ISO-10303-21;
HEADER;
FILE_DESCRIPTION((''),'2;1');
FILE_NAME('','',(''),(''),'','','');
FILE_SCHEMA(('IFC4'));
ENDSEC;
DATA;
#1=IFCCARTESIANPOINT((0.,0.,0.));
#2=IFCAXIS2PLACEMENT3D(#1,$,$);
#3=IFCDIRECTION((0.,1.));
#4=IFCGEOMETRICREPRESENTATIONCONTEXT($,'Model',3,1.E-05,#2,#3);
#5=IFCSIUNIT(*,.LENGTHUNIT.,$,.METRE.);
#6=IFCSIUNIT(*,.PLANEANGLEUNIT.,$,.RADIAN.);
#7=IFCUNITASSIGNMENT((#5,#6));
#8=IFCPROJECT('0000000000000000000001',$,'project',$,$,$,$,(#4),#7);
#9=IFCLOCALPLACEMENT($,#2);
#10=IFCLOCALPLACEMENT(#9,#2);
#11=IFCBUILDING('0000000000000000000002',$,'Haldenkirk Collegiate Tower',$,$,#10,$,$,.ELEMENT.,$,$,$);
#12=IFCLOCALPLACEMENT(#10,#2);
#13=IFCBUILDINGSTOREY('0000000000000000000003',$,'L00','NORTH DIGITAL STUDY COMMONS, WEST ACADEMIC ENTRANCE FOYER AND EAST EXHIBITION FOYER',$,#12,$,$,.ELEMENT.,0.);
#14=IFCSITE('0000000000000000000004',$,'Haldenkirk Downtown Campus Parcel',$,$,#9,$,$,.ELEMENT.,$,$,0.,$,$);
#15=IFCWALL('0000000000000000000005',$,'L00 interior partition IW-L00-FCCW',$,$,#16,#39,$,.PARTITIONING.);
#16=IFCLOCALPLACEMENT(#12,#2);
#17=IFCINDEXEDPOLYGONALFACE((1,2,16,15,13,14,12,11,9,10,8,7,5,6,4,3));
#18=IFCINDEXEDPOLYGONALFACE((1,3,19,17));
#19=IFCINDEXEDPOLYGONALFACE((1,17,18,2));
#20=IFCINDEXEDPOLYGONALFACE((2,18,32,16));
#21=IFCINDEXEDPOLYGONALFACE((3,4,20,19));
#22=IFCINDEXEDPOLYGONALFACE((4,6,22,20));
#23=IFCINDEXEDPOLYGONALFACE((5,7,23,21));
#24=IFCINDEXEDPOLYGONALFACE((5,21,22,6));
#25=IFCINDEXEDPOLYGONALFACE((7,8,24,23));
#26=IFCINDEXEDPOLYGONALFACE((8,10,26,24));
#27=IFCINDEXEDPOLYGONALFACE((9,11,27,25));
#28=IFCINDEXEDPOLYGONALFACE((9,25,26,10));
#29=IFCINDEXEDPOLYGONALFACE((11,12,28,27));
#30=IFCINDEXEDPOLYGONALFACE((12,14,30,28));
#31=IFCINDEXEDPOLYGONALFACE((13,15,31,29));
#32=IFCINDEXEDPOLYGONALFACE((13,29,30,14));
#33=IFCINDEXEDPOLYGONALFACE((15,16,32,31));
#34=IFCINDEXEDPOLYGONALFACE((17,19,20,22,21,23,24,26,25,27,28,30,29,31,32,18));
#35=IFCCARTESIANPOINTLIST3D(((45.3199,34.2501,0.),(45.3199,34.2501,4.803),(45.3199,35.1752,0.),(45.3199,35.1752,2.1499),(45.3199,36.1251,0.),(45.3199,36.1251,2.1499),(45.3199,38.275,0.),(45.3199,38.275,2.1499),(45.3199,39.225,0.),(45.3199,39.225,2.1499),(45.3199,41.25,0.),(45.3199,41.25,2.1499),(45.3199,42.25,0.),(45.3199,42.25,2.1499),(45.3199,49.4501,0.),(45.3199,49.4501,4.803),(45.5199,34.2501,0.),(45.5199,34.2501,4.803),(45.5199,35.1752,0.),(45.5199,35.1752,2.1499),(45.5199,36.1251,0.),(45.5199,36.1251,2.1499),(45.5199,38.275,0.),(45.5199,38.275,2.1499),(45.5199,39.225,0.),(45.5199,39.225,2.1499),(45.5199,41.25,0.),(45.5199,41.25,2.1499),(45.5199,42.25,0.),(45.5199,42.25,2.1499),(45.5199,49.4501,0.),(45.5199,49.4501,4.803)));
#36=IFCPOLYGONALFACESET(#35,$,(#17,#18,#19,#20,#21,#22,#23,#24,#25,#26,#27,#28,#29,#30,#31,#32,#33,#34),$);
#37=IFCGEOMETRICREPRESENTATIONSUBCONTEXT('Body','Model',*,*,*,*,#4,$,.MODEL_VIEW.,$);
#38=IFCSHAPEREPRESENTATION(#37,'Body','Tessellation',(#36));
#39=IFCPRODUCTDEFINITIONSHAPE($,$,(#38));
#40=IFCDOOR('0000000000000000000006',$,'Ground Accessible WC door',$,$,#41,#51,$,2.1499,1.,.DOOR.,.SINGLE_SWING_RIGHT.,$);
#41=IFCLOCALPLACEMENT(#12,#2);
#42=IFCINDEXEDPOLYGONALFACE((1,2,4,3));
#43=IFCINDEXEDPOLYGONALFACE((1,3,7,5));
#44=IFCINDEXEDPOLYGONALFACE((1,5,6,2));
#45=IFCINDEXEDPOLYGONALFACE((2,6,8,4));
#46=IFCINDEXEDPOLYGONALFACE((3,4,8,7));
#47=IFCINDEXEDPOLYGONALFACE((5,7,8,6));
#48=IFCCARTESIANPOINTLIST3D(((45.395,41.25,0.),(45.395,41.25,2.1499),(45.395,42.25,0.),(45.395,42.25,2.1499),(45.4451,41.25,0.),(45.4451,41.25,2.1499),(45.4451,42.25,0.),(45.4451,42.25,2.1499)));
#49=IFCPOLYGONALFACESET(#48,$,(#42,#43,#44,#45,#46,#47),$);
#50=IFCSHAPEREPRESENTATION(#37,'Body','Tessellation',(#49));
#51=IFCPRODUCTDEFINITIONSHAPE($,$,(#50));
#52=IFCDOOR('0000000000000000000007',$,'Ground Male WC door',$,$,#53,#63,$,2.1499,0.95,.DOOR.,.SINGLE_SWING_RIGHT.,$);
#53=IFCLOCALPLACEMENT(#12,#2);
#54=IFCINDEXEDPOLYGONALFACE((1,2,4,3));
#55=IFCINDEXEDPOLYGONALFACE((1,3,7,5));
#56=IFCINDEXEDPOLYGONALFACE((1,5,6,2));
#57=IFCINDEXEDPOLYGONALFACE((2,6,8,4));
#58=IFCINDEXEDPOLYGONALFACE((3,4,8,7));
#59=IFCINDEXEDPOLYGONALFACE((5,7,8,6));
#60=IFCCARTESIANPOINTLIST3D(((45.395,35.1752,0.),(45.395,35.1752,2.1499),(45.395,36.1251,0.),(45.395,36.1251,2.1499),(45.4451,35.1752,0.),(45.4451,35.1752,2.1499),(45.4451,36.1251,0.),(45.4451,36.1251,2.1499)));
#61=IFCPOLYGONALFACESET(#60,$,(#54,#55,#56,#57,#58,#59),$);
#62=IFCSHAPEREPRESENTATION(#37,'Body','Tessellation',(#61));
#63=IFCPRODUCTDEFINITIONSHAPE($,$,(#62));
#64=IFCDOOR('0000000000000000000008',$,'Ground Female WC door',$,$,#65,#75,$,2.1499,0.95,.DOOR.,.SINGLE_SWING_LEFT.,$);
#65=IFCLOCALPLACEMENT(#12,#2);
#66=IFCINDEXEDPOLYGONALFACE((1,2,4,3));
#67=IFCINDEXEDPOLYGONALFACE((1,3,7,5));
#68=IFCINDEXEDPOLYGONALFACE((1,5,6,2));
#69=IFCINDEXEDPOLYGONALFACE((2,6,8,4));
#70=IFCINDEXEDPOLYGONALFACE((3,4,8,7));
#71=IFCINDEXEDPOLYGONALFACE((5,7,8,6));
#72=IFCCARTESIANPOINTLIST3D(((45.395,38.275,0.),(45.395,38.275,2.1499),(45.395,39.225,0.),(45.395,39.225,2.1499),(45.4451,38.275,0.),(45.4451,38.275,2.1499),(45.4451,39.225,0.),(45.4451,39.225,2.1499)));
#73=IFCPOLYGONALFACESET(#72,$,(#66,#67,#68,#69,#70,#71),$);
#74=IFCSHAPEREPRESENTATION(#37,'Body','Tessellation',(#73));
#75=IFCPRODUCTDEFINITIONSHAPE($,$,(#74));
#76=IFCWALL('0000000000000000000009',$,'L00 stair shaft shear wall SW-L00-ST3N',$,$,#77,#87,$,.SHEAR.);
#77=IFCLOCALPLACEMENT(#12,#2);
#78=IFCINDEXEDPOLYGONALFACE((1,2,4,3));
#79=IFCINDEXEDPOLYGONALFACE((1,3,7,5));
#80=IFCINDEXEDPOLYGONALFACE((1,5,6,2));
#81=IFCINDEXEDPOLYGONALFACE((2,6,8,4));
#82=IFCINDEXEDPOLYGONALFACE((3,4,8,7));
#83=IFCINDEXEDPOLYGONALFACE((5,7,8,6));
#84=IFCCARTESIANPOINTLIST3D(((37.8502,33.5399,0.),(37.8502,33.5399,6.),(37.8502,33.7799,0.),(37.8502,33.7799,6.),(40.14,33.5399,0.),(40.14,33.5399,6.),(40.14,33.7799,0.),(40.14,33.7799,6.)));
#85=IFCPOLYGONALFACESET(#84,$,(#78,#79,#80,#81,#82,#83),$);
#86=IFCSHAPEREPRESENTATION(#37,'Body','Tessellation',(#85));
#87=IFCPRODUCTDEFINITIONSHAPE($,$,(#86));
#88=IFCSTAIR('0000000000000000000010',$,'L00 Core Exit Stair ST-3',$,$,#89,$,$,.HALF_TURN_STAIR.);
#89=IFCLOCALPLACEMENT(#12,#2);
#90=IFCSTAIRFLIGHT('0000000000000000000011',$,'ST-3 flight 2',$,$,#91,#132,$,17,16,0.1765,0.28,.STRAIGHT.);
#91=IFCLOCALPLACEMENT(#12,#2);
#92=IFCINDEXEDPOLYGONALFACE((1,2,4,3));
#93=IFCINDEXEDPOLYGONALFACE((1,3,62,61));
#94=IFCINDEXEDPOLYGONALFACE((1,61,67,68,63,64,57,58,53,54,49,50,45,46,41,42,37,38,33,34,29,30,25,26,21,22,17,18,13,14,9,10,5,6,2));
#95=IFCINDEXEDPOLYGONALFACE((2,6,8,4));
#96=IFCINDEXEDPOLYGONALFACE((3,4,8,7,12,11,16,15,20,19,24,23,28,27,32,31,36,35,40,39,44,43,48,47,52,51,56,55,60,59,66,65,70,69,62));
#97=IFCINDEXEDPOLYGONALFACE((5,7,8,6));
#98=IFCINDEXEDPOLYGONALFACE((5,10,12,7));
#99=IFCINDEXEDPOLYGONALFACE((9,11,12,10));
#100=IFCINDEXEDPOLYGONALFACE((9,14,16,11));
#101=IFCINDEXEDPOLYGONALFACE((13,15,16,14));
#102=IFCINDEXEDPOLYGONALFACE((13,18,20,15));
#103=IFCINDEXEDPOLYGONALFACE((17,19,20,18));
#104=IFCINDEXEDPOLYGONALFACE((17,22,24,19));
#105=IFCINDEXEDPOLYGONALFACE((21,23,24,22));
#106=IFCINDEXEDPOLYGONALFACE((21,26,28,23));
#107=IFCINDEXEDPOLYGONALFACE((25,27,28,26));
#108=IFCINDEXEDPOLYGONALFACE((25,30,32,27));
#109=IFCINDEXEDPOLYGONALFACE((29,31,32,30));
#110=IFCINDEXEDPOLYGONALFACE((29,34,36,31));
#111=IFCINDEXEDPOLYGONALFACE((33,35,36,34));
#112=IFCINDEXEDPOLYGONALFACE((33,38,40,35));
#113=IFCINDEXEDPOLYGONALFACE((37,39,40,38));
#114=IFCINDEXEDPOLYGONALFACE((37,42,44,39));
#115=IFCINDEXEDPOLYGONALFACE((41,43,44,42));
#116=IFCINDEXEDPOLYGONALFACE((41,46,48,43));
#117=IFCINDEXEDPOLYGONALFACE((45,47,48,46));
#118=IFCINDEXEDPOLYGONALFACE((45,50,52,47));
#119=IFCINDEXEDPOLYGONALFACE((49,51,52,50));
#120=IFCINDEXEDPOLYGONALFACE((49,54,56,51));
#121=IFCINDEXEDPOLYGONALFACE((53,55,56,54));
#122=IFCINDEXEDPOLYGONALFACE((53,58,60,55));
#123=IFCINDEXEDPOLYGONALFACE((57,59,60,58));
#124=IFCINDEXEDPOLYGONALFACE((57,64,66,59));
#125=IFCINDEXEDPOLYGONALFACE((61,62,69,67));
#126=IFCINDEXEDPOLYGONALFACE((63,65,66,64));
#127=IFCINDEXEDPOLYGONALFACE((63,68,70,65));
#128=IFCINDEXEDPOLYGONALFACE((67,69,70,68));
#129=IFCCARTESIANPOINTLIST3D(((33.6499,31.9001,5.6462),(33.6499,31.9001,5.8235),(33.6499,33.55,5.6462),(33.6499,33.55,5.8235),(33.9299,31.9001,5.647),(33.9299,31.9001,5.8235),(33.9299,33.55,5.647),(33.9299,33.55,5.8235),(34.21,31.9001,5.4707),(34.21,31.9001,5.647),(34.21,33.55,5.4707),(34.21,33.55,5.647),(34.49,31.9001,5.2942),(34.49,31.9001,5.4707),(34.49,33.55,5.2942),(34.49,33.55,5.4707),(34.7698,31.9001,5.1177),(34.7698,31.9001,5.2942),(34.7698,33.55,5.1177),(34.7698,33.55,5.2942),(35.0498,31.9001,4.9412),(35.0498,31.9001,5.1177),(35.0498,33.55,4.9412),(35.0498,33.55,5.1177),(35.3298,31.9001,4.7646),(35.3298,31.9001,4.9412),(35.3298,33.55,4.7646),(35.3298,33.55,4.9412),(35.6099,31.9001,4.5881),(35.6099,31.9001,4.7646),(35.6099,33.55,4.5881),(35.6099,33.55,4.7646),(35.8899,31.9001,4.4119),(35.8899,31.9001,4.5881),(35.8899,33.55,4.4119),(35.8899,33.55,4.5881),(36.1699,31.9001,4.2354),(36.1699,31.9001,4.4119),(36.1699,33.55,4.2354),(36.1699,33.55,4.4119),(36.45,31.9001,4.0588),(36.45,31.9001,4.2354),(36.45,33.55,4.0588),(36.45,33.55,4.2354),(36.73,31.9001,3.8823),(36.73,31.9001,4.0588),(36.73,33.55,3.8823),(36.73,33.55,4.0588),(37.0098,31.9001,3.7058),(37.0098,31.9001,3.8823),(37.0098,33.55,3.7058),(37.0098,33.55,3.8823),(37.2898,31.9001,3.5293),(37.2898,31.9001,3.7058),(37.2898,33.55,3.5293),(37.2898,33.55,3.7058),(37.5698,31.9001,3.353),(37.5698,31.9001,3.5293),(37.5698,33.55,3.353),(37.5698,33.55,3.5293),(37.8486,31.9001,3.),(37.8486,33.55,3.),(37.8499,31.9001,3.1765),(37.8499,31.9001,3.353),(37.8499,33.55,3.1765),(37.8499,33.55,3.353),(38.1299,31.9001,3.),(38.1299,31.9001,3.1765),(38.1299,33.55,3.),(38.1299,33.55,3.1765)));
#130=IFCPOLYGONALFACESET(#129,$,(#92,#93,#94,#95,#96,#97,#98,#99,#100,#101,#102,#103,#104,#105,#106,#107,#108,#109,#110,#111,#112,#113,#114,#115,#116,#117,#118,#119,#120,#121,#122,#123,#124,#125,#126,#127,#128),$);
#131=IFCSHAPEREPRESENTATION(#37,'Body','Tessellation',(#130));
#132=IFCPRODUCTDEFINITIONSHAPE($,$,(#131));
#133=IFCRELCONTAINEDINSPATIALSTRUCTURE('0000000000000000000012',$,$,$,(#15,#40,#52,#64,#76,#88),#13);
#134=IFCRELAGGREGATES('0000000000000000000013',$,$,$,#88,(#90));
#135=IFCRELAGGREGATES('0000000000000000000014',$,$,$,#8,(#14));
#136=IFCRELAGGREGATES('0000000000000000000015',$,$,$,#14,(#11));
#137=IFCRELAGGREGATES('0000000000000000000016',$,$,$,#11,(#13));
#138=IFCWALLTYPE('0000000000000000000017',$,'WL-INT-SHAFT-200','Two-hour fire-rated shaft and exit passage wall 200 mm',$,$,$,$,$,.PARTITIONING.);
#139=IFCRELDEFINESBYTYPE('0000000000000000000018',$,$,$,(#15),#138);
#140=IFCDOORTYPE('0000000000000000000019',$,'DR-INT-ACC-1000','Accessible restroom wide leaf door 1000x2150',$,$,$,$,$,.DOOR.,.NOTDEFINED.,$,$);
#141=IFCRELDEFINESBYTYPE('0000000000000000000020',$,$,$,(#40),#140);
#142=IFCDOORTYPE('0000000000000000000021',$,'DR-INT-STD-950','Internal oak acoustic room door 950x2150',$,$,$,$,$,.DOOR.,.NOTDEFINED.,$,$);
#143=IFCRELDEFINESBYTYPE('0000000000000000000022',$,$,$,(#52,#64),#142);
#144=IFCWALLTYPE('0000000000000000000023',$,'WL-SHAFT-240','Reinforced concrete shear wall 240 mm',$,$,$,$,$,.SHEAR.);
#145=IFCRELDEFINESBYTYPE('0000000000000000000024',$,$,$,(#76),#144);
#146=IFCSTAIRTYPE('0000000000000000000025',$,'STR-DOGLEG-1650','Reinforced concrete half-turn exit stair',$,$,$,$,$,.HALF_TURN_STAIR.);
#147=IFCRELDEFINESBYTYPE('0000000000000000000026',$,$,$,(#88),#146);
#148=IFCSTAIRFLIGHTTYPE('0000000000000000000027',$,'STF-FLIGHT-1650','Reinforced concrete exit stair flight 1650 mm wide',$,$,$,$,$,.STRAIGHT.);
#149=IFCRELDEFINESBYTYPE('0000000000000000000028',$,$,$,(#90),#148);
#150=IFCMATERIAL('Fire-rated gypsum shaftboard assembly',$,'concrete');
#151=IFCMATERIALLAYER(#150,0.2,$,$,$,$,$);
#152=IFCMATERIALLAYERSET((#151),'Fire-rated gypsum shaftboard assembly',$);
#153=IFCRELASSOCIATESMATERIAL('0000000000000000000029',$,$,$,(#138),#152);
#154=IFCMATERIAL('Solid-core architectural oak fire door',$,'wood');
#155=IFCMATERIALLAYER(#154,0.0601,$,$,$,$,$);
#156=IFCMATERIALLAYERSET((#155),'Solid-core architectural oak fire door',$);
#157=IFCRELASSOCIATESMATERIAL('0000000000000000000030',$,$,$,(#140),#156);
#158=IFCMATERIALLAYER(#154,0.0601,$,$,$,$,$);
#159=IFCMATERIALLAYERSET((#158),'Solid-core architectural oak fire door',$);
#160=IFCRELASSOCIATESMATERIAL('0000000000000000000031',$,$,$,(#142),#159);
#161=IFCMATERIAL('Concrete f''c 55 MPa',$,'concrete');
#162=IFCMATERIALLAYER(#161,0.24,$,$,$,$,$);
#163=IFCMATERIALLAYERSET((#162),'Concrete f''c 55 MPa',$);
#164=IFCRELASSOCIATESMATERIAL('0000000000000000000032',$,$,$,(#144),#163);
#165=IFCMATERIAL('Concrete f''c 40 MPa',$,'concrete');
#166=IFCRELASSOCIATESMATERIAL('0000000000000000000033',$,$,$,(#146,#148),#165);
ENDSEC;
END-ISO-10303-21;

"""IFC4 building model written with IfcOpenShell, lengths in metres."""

from ifc_helpers import new_model, si_unit, direction, frame, frame_2d, origin, place, context, subcontext, project, spatial, polyline, rectangle, outline, extrude, material, layer, layer_set, type_object, element, fill, aggregate, save


model = new_model("IFC4")

# Units and contexts
model_context = context("Model", 3, precision=1e-05, world=origin(), true_north=direction((0.0, 1.0)))
body_context = subcontext(model_context, "Body", "Model", "MODEL_VIEW")
ifc_project = project(units=[si_unit("LENGTHUNIT", "METRE"), si_unit("PLANEANGLEUNIT", "RADIAN")], contexts=[model_context])

# Site, building, storey
site_placement = place(None, origin())
site = spatial("IfcSite", under=ifc_project, at=site_placement, Name="Haldenkirk Downtown Campus Parcel", CompositionType="ELEMENT", RefElevation=0.0)
building_placement = place(site_placement, origin())
building = spatial("IfcBuilding", under=site, at=building_placement, Name="Haldenkirk Collegiate Tower", CompositionType="ELEMENT")
storey_placement = place(building_placement, origin())
storey = spatial("IfcBuildingStorey", under=building, at=storey_placement, Name="L00", Description="NORTH DIGITAL STUDY COMMONS, WEST ACADEMIC ENTRANCE FOYER AND EAST EXHIBITION FOYER", CompositionType="ELEMENT", Elevation=0.0)

# Wall, openings, doors
ifc_material_1 = material(Name="Fire-rated gypsum shaftboard assembly", Category="concrete")
ifc_layer_1 = layer(ifc_material_1, 0.2)
ifc_layer_set_1 = layer_set([ifc_layer_1], Name="Fire-rated gypsum shaftboard assembly")
wall_type_1 = type_object("IfcWallType", Name="WL-INT-SHAFT-200", Description="Two-hour fire-rated shaft and exit passage wall 200 mm", PredefinedType="PARTITIONING", material=ifc_layer_set_1)
wall_1_placement = place(storey_placement, frame((45.4199, 34.25, 0.0), z_axis=(0.0, 0.0, 1.0), x_axis=(0.0, 1.0, 0.0)))
wall_1 = element("IfcWall", 1, at=wall_1_placement, inside=storey, type_object=wall_type_1, Name="L00 interior partition IW-L00-FCCW", PredefinedType="PARTITIONING", context=body_context, shape_type="SweptSolid", body=[
    extrude(rectangle(XDim=15.2, YDim=0.2, at=frame_2d((7.6001, 0.0))), origin(), (0.0, 0.0, 1.0), 4.803),
])
opening_1_placement = place(wall_1_placement, frame((0.925, 0.0, 0.0)))
opening_1 = element("IfcOpeningElement", 2, at=opening_1_placement, cuts=wall_1, PredefinedType="OPENING", context=body_context, shape_type="SweptSolid", body=[
    extrude(rectangle(XDim=0.95, YDim=2.1499, at=frame_2d((0.4751, 1.075))), frame((0.0, 0.1099, 0.0), z_axis=(0.0, -1.0, 0.0), x_axis=(1.0, 0.0, 0.0)), (0.0, 0.0, 1.0), 0.22),
])
opening_2_placement = place(wall_1_placement, frame((4.0249, 0.0, 0.0)))
opening_2 = element("IfcOpeningElement", 3, at=opening_2_placement, cuts=wall_1, PredefinedType="OPENING", context=body_context, shape_type="SweptSolid", body=[
    extrude(rectangle(XDim=0.95, YDim=2.1499, at=frame_2d((0.4751, 1.075))), frame((0.0, 0.1099, 0.0), z_axis=(0.0, -1.0, 0.0), x_axis=(1.0, 0.0, 0.0)), (0.0, 0.0, 1.0), 0.22),
])
opening_3_placement = place(wall_1_placement, frame((7.0, 0.0, 0.0)))
opening_3 = element("IfcOpeningElement", 4, at=opening_3_placement, cuts=wall_1, PredefinedType="OPENING", context=body_context, shape_type="SweptSolid", body=[
    extrude(rectangle(XDim=1.0, YDim=2.1499, at=frame_2d((0.5, 1.075))), frame((0.0, 0.1099, 0.0), z_axis=(0.0, -1.0, 0.0), x_axis=(1.0, 0.0, 0.0)), (0.0, 0.0, 1.0), 0.22),
])
ifc_material_2 = material(Name="Solid-core architectural oak fire door", Category="wood")
ifc_layer_2 = layer(ifc_material_2, 0.0601)
ifc_layer_set_2 = layer_set([ifc_layer_2], Name="Solid-core architectural oak fire door")
door_type_1 = type_object("IfcDoorType", Name="DR-INT-ACC-1000", Description="Accessible restroom wide leaf door 1000x2150", OperationType="NOTDEFINED", PredefinedType="DOOR", material=ifc_layer_set_2)
door_1_placement = place(opening_3_placement, origin())
door_1 = element("IfcDoor", 5, at=door_1_placement, inside=storey, type_object=door_type_1, Name="Ground Accessible WC door", OperationType="SINGLE_SWING_RIGHT", OverallHeight=2.1499, OverallWidth=1.0, PredefinedType="DOOR", context=body_context, shape_type="SweptSolid", body=[
    extrude(rectangle(XDim=1.0, YDim=2.1499, at=frame_2d((0.5, 1.075))), frame((0.0, 0.0249, 0.0), z_axis=(0.0, -1.0, 0.0), x_axis=(1.0, 0.0, 0.0)), (0.0, 0.0, 1.0), 0.05),
])
fill(opening_3, door_1)
ifc_layer_3 = layer(ifc_material_2, 0.0601)
ifc_layer_set_3 = layer_set([ifc_layer_3], Name="Solid-core architectural oak fire door")
door_type_2 = type_object("IfcDoorType", Name="DR-INT-STD-950", Description="Internal oak acoustic room door 950x2150", OperationType="NOTDEFINED", PredefinedType="DOOR", material=ifc_layer_set_3)
door_2_placement = place(opening_1_placement, origin())
door_2 = element("IfcDoor", 6, at=door_2_placement, inside=storey, type_object=door_type_2, Name="Ground Male WC door", OperationType="SINGLE_SWING_RIGHT", OverallHeight=2.1499, OverallWidth=0.95, PredefinedType="DOOR", context=body_context, shape_type="SweptSolid", body=[
    extrude(rectangle(XDim=0.95, YDim=2.1499, at=frame_2d((0.4751, 1.075))), frame((0.0, 0.0249, 0.0), z_axis=(0.0, -1.0, 0.0), x_axis=(1.0, 0.0, 0.0)), (0.0, 0.0, 1.0), 0.05),
])
fill(opening_1, door_2)
door_3_placement = place(opening_2_placement, origin())
door_3 = element("IfcDoor", 7, at=door_3_placement, inside=storey, type_object=door_type_2, Name="Ground Female WC door", OperationType="SINGLE_SWING_LEFT", OverallHeight=2.1499, OverallWidth=0.95, PredefinedType="DOOR", context=body_context, shape_type="SweptSolid", body=[
    extrude(rectangle(XDim=0.95, YDim=2.1499, at=frame_2d((0.4751, 1.075))), frame((0.0, 0.0249, 0.0), z_axis=(0.0, -1.0, 0.0), x_axis=(1.0, 0.0, 0.0)), (0.0, 0.0, 1.0), 0.05),
])
fill(opening_2, door_3)

# Wall
ifc_material_3 = material(Name="Concrete f'c 55 MPa", Category="concrete")
ifc_layer_4 = layer(ifc_material_3, 0.24)
ifc_layer_set_4 = layer_set([ifc_layer_4], Name="Concrete f'c 55 MPa")
wall_type_2 = type_object("IfcWallType", Name="WL-SHAFT-240", Description="Reinforced concrete shear wall 240 mm", PredefinedType="SHEAR", material=ifc_layer_set_4)
wall_2_placement = place(storey_placement, frame((37.8501, 33.6599, 0.0), z_axis=(0.0, 0.0, 1.0), x_axis=(1.0, 0.0, 0.0)))
element("IfcWall", 8, at=wall_2_placement, inside=storey, type_object=wall_type_2, Name="L00 stair shaft shear wall SW-L00-ST3N", PredefinedType="SHEAR", context=body_context, shape_type="SweptSolid", body=[
    extrude(rectangle(XDim=2.2898, YDim=0.24, at=frame_2d((1.145, 0.0))), origin(), (0.0, 0.0, 1.0), 6.0),
])

# Stair, stair flight
ifc_material_4 = material(Name="Concrete f'c 40 MPa", Category="concrete")
stair_type = type_object("IfcStairType", Name="STR-DOGLEG-1650", Description="Reinforced concrete half-turn exit stair", PredefinedType="HALF_TURN_STAIR", material=ifc_material_4)
stair_placement = place(storey_placement, origin())
stair = element("IfcStair", 9, at=stair_placement, inside=storey, type_object=stair_type, Name="L00 Core Exit Stair ST-3", PredefinedType="HALF_TURN_STAIR")
stair_flight_type = type_object("IfcStairFlightType", Name="STF-FLIGHT-1650", Description="Reinforced concrete exit stair flight 1650 mm wide", PredefinedType="STRAIGHT", material=ifc_material_4)
stair_flight_placement = place(storey_placement, frame((38.1299, 32.7251, 3.0), z_axis=(0.0, 0.0, 1.0), x_axis=(-1.0, 0.0, 0.0)))
stair_flight = element("IfcStairFlight", 10, at=stair_flight_placement, type_object=stair_flight_type, Name="ST-3 flight 2", NumberOfRisers=17, NumberOfTreads=16, PredefinedType="STRAIGHT", RiserHeight=0.1765, TreadLength=0.28, context=body_context, shape_type="SweptSolid", body=[
    extrude(outline(polyline([(0.0, 0.0), (0.0, 0.1765), (0.28, 0.1765), (0.28, 0.353), (0.5601, 0.353), (0.5601, 0.5293), (0.8401, 0.5293), (0.8401, 0.7058), (1.1201, 0.7058), (1.1201, 0.8823), (1.3999, 0.8823), (1.3999, 1.0588), (1.6799, 1.0588), (1.6799, 1.2354), (1.96, 1.2354), (1.96, 1.4119), (2.24, 1.4119), (2.24, 1.5881), (2.52, 1.5881), (2.52, 1.7646), (2.8, 1.7646), (2.8, 1.9412), (3.0801, 1.9412), (3.0801, 2.1177), (3.3601, 2.1177), (3.3601, 2.2942), (3.6399, 2.2942), (3.6399, 2.4707), (3.9199, 2.4707), (3.9199, 2.647), (4.2, 2.647), (4.2, 2.8235), (4.48, 2.8235), (4.48, 3.0), (4.48, 2.6462), (0.2812, 0.0), (0.0, 0.0)])), frame((0.0, 0.825, 0.0), z_axis=(0.0, -1.0, 0.0), x_axis=(1.0, 0.0, 0.0)), (0.0, 0.0, 1.0), 1.6499),
])
aggregate(stair, [stair_flight])

save(model, "model.ifc")
